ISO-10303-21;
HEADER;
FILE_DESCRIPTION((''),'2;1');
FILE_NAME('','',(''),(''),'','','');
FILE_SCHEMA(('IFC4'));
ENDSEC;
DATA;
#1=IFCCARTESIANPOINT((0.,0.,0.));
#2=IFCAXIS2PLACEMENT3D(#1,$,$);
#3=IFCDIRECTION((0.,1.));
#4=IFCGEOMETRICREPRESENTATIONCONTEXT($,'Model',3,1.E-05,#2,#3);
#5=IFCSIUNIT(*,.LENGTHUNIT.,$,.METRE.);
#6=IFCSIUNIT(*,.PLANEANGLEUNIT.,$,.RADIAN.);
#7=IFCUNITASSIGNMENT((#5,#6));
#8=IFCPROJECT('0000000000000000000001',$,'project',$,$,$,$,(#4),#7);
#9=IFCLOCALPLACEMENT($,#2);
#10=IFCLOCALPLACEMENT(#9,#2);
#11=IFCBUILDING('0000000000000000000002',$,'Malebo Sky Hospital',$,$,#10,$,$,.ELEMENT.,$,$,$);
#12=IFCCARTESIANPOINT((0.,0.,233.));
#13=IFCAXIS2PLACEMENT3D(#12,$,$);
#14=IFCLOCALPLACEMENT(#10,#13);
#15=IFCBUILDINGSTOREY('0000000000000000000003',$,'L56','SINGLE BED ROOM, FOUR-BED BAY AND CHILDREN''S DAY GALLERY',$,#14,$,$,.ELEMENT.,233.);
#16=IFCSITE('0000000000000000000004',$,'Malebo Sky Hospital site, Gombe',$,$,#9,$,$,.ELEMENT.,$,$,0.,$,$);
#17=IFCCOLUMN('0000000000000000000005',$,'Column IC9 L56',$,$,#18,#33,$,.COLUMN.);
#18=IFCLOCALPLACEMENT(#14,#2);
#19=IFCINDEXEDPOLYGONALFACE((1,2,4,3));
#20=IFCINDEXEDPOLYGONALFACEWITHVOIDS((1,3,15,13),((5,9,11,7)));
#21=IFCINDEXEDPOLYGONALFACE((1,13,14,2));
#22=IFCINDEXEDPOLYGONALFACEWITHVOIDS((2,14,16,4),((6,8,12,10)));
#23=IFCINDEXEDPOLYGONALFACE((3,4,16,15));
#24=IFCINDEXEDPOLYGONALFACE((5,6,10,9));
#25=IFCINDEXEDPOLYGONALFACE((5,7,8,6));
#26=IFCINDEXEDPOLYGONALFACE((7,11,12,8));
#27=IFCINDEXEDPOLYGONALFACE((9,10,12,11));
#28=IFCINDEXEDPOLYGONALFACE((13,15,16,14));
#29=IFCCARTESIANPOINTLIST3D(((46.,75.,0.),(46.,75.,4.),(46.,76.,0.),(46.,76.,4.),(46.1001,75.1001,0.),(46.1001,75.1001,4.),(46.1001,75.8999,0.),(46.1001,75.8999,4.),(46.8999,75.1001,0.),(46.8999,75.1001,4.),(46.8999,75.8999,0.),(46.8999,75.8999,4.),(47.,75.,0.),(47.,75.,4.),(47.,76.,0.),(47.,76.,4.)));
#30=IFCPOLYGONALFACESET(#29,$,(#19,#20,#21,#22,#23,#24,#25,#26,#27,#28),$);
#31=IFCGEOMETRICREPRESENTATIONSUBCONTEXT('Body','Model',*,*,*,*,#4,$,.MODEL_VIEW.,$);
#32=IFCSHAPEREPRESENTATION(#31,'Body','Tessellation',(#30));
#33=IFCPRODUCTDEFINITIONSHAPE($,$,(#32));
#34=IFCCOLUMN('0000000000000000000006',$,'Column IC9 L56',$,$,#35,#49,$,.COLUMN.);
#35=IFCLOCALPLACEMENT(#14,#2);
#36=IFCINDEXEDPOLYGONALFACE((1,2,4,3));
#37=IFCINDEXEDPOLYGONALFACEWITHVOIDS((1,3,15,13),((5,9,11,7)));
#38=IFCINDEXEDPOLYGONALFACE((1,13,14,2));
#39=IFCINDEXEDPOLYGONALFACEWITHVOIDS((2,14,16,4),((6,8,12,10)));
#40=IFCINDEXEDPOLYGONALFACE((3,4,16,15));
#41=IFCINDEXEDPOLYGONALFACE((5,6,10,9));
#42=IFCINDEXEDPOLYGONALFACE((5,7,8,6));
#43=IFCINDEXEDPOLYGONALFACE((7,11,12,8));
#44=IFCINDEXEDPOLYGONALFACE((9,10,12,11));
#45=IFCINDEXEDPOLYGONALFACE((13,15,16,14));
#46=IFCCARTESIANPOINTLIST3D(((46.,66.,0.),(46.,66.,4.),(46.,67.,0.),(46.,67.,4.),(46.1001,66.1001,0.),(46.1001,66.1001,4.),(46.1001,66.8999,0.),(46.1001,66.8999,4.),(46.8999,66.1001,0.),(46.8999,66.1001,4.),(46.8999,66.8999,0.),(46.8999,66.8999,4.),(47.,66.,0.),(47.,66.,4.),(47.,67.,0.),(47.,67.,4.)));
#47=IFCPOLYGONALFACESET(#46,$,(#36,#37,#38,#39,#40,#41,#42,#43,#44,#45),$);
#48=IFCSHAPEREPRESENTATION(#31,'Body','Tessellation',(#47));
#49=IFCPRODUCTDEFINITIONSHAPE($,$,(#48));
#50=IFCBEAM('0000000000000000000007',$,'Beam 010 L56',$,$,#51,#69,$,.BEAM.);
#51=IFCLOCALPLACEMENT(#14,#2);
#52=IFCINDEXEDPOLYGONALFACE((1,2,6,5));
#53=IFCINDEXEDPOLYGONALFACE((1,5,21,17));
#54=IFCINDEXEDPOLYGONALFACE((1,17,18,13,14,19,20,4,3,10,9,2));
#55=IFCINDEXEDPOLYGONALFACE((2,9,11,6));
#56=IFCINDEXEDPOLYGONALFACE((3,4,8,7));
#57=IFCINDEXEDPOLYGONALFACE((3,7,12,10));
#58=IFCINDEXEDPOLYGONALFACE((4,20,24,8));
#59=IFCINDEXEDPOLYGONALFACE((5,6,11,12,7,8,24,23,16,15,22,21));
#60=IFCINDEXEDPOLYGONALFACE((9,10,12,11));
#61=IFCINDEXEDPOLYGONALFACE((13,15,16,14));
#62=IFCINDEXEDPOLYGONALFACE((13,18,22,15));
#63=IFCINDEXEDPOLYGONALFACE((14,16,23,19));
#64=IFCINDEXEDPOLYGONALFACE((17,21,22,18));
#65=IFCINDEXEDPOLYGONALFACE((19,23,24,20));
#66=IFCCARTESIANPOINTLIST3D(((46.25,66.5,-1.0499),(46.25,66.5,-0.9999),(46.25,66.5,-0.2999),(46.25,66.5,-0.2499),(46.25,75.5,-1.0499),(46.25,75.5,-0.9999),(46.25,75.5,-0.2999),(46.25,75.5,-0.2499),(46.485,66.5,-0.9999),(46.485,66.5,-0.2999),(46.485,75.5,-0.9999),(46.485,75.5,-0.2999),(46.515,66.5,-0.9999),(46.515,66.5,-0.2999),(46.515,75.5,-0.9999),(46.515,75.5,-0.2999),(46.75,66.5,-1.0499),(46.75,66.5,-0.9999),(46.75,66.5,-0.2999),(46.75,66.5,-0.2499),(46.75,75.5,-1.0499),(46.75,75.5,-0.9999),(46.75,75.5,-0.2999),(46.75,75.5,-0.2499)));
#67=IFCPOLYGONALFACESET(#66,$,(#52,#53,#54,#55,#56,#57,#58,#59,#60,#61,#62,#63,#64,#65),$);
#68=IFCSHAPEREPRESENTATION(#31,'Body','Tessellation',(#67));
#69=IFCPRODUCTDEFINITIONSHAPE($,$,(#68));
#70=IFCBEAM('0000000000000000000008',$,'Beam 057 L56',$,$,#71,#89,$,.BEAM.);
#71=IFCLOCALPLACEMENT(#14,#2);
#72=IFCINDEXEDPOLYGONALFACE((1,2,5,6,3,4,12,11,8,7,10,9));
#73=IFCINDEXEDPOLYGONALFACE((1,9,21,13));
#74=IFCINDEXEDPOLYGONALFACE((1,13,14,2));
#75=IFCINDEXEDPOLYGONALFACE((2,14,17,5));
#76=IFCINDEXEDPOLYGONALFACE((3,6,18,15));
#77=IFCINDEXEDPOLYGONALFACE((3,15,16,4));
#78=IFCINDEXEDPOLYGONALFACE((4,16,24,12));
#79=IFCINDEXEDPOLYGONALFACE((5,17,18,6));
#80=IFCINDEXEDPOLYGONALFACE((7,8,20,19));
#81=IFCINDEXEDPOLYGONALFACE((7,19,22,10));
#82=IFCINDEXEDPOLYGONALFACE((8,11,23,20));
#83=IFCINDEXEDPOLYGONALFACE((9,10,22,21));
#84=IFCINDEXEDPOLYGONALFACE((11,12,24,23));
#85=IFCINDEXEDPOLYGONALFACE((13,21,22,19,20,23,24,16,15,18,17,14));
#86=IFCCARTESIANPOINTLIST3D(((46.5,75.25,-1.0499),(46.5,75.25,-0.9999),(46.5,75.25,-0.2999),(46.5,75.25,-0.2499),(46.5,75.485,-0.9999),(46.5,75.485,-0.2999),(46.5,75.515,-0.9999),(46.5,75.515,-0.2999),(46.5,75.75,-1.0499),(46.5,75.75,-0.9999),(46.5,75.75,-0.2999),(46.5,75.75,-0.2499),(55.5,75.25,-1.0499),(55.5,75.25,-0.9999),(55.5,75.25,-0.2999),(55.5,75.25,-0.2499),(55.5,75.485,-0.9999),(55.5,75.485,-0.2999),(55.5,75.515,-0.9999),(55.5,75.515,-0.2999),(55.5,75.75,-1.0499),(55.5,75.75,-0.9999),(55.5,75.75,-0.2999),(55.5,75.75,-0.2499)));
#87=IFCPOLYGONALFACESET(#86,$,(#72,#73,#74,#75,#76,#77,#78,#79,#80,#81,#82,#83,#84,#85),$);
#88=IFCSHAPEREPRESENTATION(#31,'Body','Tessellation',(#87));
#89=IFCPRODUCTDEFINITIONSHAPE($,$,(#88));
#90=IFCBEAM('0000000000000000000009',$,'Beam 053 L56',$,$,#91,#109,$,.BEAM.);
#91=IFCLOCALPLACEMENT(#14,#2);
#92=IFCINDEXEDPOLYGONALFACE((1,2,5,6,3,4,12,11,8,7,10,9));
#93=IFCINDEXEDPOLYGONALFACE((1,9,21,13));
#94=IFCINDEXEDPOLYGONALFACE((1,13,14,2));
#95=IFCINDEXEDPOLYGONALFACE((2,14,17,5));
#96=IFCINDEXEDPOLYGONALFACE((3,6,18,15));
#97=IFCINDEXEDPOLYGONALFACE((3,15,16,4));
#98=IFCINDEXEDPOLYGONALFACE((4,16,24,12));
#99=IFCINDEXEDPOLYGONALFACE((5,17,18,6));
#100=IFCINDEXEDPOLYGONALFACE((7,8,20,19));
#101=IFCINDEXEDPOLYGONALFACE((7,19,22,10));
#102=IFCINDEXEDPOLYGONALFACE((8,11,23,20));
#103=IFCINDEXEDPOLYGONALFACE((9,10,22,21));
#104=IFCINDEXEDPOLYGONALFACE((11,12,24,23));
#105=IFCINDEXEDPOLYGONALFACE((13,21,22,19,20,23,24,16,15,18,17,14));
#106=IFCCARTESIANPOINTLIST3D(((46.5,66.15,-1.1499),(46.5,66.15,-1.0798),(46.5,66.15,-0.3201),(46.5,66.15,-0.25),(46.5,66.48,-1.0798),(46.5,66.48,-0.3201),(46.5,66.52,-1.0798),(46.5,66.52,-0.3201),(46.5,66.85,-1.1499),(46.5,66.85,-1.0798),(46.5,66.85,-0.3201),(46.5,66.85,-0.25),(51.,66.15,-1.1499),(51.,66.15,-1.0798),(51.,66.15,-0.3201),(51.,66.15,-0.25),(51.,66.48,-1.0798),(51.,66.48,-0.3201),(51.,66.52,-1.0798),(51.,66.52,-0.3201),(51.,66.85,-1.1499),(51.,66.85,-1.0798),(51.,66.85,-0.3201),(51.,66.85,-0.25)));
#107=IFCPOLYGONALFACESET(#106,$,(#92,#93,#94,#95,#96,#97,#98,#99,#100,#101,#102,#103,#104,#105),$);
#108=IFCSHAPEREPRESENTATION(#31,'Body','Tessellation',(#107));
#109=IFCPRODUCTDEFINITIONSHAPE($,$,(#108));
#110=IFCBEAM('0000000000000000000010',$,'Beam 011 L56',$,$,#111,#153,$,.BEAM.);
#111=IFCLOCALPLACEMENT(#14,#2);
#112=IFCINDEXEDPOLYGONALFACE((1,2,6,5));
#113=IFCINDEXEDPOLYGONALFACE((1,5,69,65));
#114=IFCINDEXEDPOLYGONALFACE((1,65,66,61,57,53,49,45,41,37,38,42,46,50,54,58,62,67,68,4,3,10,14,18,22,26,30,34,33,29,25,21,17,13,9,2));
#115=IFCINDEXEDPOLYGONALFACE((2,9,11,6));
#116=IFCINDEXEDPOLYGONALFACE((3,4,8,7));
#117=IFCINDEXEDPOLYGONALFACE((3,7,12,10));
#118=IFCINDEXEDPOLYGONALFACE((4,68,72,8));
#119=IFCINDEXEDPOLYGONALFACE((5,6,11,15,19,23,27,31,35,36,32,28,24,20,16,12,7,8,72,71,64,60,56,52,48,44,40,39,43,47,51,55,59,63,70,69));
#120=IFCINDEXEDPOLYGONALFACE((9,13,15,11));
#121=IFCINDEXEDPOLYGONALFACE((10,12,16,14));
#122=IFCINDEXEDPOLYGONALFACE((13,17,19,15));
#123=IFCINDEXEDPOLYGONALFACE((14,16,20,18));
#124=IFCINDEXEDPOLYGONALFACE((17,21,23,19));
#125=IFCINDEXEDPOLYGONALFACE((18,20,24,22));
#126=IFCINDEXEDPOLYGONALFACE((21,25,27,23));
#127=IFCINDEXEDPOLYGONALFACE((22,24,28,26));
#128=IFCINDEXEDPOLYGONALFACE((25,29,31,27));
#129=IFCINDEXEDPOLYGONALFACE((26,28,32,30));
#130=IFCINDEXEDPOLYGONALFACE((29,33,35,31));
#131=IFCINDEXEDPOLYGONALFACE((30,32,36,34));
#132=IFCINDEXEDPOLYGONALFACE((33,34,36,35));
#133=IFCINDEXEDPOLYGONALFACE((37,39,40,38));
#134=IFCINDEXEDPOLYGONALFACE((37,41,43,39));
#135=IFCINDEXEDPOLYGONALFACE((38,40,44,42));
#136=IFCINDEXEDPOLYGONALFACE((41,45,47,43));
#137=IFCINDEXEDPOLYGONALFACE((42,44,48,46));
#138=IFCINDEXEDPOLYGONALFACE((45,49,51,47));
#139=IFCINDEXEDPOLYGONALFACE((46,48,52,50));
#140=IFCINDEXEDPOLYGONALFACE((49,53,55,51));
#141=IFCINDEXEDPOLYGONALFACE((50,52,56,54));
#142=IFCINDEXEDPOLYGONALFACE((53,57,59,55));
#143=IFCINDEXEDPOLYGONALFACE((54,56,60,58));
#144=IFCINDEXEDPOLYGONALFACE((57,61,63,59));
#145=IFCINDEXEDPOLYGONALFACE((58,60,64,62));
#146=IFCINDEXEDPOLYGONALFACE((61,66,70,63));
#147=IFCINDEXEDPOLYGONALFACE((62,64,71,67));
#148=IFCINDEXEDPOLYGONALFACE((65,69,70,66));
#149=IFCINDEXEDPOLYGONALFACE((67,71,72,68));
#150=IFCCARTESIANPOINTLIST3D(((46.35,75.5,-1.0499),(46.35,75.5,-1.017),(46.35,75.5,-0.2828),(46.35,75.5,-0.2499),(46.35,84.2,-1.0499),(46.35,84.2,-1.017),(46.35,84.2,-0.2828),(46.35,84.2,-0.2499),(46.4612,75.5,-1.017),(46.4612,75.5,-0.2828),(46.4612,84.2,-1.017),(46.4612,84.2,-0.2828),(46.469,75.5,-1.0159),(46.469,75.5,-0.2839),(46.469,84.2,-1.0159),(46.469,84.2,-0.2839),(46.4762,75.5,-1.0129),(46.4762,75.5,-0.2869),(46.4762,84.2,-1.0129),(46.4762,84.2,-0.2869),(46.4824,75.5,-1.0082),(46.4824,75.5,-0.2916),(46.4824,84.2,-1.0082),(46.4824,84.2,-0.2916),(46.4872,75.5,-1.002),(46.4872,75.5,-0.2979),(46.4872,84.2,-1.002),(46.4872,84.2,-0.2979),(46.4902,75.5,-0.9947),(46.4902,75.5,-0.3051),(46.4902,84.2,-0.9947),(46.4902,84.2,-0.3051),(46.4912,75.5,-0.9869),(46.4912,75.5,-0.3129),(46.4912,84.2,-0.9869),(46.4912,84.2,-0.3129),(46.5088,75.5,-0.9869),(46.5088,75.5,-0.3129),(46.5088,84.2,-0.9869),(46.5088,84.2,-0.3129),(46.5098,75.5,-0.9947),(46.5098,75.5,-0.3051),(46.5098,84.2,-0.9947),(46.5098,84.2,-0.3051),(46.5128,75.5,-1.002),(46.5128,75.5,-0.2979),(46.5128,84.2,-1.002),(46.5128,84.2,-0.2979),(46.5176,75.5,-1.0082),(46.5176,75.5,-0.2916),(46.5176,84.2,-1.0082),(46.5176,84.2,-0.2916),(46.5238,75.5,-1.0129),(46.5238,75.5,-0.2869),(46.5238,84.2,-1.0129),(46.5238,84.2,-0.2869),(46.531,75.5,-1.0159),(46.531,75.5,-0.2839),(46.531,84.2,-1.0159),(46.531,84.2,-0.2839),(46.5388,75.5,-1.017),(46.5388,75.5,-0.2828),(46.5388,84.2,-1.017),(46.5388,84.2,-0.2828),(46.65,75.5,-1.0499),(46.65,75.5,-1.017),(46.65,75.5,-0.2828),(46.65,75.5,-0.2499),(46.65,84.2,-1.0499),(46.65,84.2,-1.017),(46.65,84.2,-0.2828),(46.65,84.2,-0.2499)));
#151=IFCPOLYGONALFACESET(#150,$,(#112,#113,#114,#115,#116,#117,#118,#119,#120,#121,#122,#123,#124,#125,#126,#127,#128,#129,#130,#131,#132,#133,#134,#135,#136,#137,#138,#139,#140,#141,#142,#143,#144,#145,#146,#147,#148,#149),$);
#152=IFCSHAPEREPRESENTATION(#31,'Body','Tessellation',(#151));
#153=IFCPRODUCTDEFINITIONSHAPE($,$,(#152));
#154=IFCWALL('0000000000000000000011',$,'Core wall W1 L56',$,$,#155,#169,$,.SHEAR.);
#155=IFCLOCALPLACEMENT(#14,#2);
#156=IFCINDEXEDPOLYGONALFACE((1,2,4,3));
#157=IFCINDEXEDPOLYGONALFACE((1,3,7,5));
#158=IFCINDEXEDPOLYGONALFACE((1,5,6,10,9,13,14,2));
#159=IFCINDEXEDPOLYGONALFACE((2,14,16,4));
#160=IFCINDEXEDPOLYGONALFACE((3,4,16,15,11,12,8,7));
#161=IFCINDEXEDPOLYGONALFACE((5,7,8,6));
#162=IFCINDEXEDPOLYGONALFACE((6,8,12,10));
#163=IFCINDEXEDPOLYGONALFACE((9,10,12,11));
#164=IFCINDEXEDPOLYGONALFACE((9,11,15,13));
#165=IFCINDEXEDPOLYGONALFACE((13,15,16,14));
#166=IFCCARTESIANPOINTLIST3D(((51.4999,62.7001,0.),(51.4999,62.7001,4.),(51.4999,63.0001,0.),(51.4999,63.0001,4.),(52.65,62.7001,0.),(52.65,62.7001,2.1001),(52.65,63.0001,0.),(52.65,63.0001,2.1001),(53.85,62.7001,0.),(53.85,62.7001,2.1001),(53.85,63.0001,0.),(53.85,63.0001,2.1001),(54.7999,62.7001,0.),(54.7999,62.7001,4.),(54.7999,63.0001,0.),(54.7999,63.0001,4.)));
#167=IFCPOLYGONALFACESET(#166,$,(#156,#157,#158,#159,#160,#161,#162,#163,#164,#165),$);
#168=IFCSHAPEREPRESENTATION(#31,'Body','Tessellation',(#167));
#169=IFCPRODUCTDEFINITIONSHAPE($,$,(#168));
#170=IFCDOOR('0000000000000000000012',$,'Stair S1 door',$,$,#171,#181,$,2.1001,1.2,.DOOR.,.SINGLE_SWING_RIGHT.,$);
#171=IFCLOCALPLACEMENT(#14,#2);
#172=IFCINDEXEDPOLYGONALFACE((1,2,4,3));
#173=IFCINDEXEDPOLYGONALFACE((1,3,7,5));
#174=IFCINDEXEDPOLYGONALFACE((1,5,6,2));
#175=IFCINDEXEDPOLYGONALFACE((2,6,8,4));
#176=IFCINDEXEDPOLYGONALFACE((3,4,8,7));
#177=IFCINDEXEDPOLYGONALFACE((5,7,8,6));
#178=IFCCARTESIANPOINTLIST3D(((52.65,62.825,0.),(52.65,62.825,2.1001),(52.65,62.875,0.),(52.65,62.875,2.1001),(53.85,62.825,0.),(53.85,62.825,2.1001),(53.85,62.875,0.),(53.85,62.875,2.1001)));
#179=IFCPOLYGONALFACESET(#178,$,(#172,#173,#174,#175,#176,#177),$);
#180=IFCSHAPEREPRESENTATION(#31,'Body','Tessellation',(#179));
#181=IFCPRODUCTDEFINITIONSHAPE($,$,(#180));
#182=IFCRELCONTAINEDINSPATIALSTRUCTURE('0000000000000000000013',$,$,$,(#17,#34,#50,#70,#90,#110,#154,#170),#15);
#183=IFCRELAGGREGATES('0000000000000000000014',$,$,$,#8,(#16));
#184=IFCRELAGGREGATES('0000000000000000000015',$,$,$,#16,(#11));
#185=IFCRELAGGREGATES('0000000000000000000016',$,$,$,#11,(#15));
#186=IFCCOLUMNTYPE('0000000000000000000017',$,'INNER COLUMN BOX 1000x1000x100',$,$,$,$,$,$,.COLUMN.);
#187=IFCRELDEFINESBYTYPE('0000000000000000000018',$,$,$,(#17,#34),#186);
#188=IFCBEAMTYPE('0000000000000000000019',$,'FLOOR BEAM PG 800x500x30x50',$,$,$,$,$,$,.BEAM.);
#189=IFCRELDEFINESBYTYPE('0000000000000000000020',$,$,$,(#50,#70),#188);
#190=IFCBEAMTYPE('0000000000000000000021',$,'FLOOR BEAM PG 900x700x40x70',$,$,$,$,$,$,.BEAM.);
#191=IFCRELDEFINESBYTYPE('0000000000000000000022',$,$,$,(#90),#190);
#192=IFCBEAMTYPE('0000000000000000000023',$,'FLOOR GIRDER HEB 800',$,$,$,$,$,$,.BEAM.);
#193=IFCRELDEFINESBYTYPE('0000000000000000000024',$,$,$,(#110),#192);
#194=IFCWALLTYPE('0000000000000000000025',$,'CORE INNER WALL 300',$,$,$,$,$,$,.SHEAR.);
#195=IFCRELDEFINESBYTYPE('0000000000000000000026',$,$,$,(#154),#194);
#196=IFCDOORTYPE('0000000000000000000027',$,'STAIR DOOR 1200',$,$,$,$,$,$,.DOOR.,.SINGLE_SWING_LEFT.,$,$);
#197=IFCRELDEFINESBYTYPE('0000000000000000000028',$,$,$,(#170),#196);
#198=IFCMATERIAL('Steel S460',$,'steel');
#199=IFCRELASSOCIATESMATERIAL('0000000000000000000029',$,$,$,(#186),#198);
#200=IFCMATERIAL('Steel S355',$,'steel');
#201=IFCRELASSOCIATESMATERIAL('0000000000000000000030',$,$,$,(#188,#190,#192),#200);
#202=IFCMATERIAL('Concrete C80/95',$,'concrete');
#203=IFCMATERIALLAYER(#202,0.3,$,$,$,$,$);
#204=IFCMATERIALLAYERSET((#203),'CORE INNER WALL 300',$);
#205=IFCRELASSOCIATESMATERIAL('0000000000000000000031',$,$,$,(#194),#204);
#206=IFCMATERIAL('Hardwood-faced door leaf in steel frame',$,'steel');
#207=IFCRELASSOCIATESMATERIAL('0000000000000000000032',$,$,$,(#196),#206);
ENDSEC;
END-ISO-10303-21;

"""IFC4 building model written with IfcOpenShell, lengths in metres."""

from ifc_helpers import new_model, si_unit, direction, frame, frame_2d, origin, origin_2d, place, context, subcontext, project, spatial, rectangle, hollow_rectangle, i_section, extrude, material, layer, layer_set, material_profile, profile_set, type_object, element, fill, save


model = new_model("IFC4")

# Units and contexts
model_context = context("Model", 3, precision=1e-05, world=origin(), true_north=direction((0.0, 1.0)))
body_context = subcontext(model_context, "Body", "Model", "MODEL_VIEW")
ifc_project = project(units=[si_unit("LENGTHUNIT", "METRE"), si_unit("PLANEANGLEUNIT", "RADIAN")], contexts=[model_context])

# Site, building, storey
site_placement = place(None, origin())
site = spatial("IfcSite", under=ifc_project, at=site_placement, Name="Malebo Sky Hospital site, Gombe", CompositionType="ELEMENT", RefElevation=0.0)
building_placement = place(site_placement, origin())
building = spatial("IfcBuilding", under=site, at=building_placement, Name="Malebo Sky Hospital", CompositionType="ELEMENT")
storey_placement = place(building_placement, frame((0.0, 0.0, 233.0)))
storey = spatial("IfcBuildingStorey", under=building, at=storey_placement, Name="L56", Description="SINGLE BED ROOM, FOUR-BED BAY AND CHILDREN'S DAY GALLERY", CompositionType="ELEMENT", Elevation=233.0)

# Columns
ifc_material_1 = material(Name="Steel S460", Category="steel")
ifc_material_profile_1 = material_profile(ifc_material_1, hollow_rectangle(XDim=1.0, YDim=1.0, WallThickness=0.1001, at=origin_2d()), Name="BOX 1000x1000x100")
ifc_profile_set_1 = profile_set([ifc_material_profile_1], Name="Steel S460")
column_type = type_object("IfcColumnType", Name="INNER COLUMN BOX 1000x1000x100", PredefinedType="COLUMN", material=ifc_profile_set_1)
for number, where, z_axis, x_axis, name in (
    (1, (46.5, 75.5, 0.0), (0.0, 0.0, 1.0), (1.0, 0.0, 0.0), "Column IC9 L56"),
    (2, (46.5, 66.5, 0.0), (0.0, 0.0, 1.0), (1.0, 0.0, 0.0), "Column IC9 L56"),
):
    element("IfcColumn", number, at=place(storey_placement, frame(where, z_axis=z_axis, x_axis=x_axis)), inside=storey, type_object=column_type, Name=name, PredefinedType="COLUMN", context=body_context, shape_type="SweptSolid", body=[
        extrude(hollow_rectangle(XDim=1.0, YDim=1.0, WallThickness=0.1001, at=origin_2d()), origin(), (0.0, 0.0, 1.0), 4.0),
    ])

# Beams
ifc_material_2 = material(Name="Steel S355", Category="steel")
ifc_material_profile_2 = material_profile(ifc_material_2, i_section(OverallWidth=0.5, OverallDepth=0.8, WebThickness=0.03, FlangeThickness=0.05, at=origin_2d()), Name="PG 800x500x30x50")
ifc_profile_set_2 = profile_set([ifc_material_profile_2], Name="Steel S355")
beam_type_1 = type_object("IfcBeamType", Name="FLOOR BEAM PG 800x500x30x50", PredefinedType="BEAM", material=ifc_profile_set_2)
for number, where, z_axis, x_axis, name in (
    (3, (46.5, 66.5, -0.6499), (0.0, 1.0, 0.0), (-1.0, 0.0, 0.0), "Beam 010 L56"),
    (4, (46.5, 75.5, -0.6499), (1.0, 0.0, 0.0), (0.0, 1.0, 0.0), "Beam 057 L56"),
):
    element("IfcBeam", number, at=place(storey_placement, frame(where, z_axis=z_axis, x_axis=x_axis)), inside=storey, type_object=beam_type_1, Name=name, PredefinedType="BEAM", context=body_context, shape_type="SweptSolid", body=[
        extrude(i_section(OverallWidth=0.5, OverallDepth=0.8, WebThickness=0.03, FlangeThickness=0.05, at=origin_2d()), origin(), (0.0, 0.0, 1.0), 9.0),
    ])
ifc_material_profile_3 = material_profile(ifc_material_2, i_section(OverallWidth=0.7, OverallDepth=0.8999, WebThickness=0.04, FlangeThickness=0.0701, at=origin_2d()), Name="PG 900x700x40x70")
ifc_profile_set_3 = profile_set([ifc_material_profile_3], Name="Steel S355")
beam_type_2 = type_object("IfcBeamType", Name="FLOOR BEAM PG 900x700x40x70", PredefinedType="BEAM", material=ifc_profile_set_3)
beam_1_placement = place(storey_placement, frame((46.5, 66.5, -0.7), z_axis=(1.0, 0.0, 0.0), x_axis=(0.0, 1.0, 0.0)))
element("IfcBeam", 5, at=beam_1_placement, inside=storey, type_object=beam_type_2, Name="Beam 053 L56", PredefinedType="BEAM", context=body_context, shape_type="SweptSolid", body=[
    extrude(i_section(OverallWidth=0.7, OverallDepth=0.8999, WebThickness=0.04, FlangeThickness=0.0701, at=origin_2d()), origin(), (0.0, 0.0, 1.0), 4.5),
])
ifc_material_profile_4 = material_profile(ifc_material_2, i_section(OverallWidth=0.3, OverallDepth=0.8, WebThickness=0.0176, FlangeThickness=0.033, FilletRadius=0.03, at=origin_2d()), Name="HEB 800")
ifc_profile_set_4 = profile_set([ifc_material_profile_4], Name="Steel S355")
beam_type_3 = type_object("IfcBeamType", Name="FLOOR GIRDER HEB 800", PredefinedType="BEAM", material=ifc_profile_set_4)
beam_2_placement = place(storey_placement, frame((46.5, 75.5, -0.6499), z_axis=(0.0, 1.0, 0.0), x_axis=(-1.0, 0.0, 0.0)))
element("IfcBeam", 6, at=beam_2_placement, inside=storey, type_object=beam_type_3, Name="Beam 011 L56", PredefinedType="BEAM", context=body_context, shape_type="SweptSolid", body=[
    extrude(i_section(OverallWidth=0.3, OverallDepth=0.8, WebThickness=0.0176, FlangeThickness=0.033, FilletRadius=0.03, at=origin_2d()), origin(), (0.0, 0.0, 1.0), 8.7),
])

# Wall, opening, door
ifc_material_3 = material(Name="Concrete C80/95", Category="concrete")
ifc_layer_1 = layer(ifc_material_3, 0.3)
ifc_layer_set_1 = layer_set([ifc_layer_1], Name="CORE INNER WALL 300")
wall_type_1 = type_object("IfcWallType", Name="CORE INNER WALL 300", PredefinedType="SHEAR", material=ifc_layer_set_1)
wall_1_placement = place(storey_placement, frame((51.5, 62.8501, 0.0), z_axis=(0.0, 0.0, 1.0), x_axis=(1.0, 0.0, 0.0)))
wall_1 = element("IfcWall", 7, at=wall_1_placement, inside=storey, type_object=wall_type_1, Name="Core wall W1 L56", PredefinedType="SHEAR", context=body_context, shape_type="SweptSolid", body=[
    extrude(rectangle(XDim=3.3, YDim=0.3, at=frame_2d((1.6499, 0.0))), origin(), (0.0, 0.0, 1.0), 4.0),
])
opening_1_placement = place(wall_1_placement, frame((1.1499, 0.0, 0.0)))
opening_1 = element("IfcOpeningElement", 8, at=opening_1_placement, cuts=wall_1, PredefinedType="OPENING", context=body_context, shape_type="SweptSolid", body=[
    extrude(rectangle(XDim=1.2, YDim=2.1001, at=frame_2d((0.6001, 1.05))), frame((0.0, 0.1599, 0.0), z_axis=(0.0, -1.0, 0.0), x_axis=(1.0, 0.0, 0.0)), (0.0, 0.0, 1.0), 0.3201),
])
ifc_material_4 = material(Name="Hardwood-faced door leaf in steel frame", Category="steel")
door_type_1 = type_object("IfcDoorType", Name="STAIR DOOR 1200", OperationType="SINGLE_SWING_LEFT", PredefinedType="DOOR", material=ifc_material_4)
door_1_placement = place(opening_1_placement, origin())
door_1 = element("IfcDoor", 9, at=door_1_placement, inside=storey, type_object=door_type_1, Name="Stair S1 door", OperationType="SINGLE_SWING_RIGHT", OverallHeight=2.1001, OverallWidth=1.2, PredefinedType="DOOR", context=body_context, shape_type="SweptSolid", body=[
    extrude(rectangle(XDim=1.2, YDim=2.1001, at=frame_2d((0.6001, 1.05))), frame((0.0, 0.0249, 0.0), z_axis=(0.0, -1.0, 0.0), x_axis=(1.0, 0.0, 0.0)), (0.0, 0.0, 1.0), 0.05),
])
fill(opening_1, door_1)

save(model, "model.ifc")
